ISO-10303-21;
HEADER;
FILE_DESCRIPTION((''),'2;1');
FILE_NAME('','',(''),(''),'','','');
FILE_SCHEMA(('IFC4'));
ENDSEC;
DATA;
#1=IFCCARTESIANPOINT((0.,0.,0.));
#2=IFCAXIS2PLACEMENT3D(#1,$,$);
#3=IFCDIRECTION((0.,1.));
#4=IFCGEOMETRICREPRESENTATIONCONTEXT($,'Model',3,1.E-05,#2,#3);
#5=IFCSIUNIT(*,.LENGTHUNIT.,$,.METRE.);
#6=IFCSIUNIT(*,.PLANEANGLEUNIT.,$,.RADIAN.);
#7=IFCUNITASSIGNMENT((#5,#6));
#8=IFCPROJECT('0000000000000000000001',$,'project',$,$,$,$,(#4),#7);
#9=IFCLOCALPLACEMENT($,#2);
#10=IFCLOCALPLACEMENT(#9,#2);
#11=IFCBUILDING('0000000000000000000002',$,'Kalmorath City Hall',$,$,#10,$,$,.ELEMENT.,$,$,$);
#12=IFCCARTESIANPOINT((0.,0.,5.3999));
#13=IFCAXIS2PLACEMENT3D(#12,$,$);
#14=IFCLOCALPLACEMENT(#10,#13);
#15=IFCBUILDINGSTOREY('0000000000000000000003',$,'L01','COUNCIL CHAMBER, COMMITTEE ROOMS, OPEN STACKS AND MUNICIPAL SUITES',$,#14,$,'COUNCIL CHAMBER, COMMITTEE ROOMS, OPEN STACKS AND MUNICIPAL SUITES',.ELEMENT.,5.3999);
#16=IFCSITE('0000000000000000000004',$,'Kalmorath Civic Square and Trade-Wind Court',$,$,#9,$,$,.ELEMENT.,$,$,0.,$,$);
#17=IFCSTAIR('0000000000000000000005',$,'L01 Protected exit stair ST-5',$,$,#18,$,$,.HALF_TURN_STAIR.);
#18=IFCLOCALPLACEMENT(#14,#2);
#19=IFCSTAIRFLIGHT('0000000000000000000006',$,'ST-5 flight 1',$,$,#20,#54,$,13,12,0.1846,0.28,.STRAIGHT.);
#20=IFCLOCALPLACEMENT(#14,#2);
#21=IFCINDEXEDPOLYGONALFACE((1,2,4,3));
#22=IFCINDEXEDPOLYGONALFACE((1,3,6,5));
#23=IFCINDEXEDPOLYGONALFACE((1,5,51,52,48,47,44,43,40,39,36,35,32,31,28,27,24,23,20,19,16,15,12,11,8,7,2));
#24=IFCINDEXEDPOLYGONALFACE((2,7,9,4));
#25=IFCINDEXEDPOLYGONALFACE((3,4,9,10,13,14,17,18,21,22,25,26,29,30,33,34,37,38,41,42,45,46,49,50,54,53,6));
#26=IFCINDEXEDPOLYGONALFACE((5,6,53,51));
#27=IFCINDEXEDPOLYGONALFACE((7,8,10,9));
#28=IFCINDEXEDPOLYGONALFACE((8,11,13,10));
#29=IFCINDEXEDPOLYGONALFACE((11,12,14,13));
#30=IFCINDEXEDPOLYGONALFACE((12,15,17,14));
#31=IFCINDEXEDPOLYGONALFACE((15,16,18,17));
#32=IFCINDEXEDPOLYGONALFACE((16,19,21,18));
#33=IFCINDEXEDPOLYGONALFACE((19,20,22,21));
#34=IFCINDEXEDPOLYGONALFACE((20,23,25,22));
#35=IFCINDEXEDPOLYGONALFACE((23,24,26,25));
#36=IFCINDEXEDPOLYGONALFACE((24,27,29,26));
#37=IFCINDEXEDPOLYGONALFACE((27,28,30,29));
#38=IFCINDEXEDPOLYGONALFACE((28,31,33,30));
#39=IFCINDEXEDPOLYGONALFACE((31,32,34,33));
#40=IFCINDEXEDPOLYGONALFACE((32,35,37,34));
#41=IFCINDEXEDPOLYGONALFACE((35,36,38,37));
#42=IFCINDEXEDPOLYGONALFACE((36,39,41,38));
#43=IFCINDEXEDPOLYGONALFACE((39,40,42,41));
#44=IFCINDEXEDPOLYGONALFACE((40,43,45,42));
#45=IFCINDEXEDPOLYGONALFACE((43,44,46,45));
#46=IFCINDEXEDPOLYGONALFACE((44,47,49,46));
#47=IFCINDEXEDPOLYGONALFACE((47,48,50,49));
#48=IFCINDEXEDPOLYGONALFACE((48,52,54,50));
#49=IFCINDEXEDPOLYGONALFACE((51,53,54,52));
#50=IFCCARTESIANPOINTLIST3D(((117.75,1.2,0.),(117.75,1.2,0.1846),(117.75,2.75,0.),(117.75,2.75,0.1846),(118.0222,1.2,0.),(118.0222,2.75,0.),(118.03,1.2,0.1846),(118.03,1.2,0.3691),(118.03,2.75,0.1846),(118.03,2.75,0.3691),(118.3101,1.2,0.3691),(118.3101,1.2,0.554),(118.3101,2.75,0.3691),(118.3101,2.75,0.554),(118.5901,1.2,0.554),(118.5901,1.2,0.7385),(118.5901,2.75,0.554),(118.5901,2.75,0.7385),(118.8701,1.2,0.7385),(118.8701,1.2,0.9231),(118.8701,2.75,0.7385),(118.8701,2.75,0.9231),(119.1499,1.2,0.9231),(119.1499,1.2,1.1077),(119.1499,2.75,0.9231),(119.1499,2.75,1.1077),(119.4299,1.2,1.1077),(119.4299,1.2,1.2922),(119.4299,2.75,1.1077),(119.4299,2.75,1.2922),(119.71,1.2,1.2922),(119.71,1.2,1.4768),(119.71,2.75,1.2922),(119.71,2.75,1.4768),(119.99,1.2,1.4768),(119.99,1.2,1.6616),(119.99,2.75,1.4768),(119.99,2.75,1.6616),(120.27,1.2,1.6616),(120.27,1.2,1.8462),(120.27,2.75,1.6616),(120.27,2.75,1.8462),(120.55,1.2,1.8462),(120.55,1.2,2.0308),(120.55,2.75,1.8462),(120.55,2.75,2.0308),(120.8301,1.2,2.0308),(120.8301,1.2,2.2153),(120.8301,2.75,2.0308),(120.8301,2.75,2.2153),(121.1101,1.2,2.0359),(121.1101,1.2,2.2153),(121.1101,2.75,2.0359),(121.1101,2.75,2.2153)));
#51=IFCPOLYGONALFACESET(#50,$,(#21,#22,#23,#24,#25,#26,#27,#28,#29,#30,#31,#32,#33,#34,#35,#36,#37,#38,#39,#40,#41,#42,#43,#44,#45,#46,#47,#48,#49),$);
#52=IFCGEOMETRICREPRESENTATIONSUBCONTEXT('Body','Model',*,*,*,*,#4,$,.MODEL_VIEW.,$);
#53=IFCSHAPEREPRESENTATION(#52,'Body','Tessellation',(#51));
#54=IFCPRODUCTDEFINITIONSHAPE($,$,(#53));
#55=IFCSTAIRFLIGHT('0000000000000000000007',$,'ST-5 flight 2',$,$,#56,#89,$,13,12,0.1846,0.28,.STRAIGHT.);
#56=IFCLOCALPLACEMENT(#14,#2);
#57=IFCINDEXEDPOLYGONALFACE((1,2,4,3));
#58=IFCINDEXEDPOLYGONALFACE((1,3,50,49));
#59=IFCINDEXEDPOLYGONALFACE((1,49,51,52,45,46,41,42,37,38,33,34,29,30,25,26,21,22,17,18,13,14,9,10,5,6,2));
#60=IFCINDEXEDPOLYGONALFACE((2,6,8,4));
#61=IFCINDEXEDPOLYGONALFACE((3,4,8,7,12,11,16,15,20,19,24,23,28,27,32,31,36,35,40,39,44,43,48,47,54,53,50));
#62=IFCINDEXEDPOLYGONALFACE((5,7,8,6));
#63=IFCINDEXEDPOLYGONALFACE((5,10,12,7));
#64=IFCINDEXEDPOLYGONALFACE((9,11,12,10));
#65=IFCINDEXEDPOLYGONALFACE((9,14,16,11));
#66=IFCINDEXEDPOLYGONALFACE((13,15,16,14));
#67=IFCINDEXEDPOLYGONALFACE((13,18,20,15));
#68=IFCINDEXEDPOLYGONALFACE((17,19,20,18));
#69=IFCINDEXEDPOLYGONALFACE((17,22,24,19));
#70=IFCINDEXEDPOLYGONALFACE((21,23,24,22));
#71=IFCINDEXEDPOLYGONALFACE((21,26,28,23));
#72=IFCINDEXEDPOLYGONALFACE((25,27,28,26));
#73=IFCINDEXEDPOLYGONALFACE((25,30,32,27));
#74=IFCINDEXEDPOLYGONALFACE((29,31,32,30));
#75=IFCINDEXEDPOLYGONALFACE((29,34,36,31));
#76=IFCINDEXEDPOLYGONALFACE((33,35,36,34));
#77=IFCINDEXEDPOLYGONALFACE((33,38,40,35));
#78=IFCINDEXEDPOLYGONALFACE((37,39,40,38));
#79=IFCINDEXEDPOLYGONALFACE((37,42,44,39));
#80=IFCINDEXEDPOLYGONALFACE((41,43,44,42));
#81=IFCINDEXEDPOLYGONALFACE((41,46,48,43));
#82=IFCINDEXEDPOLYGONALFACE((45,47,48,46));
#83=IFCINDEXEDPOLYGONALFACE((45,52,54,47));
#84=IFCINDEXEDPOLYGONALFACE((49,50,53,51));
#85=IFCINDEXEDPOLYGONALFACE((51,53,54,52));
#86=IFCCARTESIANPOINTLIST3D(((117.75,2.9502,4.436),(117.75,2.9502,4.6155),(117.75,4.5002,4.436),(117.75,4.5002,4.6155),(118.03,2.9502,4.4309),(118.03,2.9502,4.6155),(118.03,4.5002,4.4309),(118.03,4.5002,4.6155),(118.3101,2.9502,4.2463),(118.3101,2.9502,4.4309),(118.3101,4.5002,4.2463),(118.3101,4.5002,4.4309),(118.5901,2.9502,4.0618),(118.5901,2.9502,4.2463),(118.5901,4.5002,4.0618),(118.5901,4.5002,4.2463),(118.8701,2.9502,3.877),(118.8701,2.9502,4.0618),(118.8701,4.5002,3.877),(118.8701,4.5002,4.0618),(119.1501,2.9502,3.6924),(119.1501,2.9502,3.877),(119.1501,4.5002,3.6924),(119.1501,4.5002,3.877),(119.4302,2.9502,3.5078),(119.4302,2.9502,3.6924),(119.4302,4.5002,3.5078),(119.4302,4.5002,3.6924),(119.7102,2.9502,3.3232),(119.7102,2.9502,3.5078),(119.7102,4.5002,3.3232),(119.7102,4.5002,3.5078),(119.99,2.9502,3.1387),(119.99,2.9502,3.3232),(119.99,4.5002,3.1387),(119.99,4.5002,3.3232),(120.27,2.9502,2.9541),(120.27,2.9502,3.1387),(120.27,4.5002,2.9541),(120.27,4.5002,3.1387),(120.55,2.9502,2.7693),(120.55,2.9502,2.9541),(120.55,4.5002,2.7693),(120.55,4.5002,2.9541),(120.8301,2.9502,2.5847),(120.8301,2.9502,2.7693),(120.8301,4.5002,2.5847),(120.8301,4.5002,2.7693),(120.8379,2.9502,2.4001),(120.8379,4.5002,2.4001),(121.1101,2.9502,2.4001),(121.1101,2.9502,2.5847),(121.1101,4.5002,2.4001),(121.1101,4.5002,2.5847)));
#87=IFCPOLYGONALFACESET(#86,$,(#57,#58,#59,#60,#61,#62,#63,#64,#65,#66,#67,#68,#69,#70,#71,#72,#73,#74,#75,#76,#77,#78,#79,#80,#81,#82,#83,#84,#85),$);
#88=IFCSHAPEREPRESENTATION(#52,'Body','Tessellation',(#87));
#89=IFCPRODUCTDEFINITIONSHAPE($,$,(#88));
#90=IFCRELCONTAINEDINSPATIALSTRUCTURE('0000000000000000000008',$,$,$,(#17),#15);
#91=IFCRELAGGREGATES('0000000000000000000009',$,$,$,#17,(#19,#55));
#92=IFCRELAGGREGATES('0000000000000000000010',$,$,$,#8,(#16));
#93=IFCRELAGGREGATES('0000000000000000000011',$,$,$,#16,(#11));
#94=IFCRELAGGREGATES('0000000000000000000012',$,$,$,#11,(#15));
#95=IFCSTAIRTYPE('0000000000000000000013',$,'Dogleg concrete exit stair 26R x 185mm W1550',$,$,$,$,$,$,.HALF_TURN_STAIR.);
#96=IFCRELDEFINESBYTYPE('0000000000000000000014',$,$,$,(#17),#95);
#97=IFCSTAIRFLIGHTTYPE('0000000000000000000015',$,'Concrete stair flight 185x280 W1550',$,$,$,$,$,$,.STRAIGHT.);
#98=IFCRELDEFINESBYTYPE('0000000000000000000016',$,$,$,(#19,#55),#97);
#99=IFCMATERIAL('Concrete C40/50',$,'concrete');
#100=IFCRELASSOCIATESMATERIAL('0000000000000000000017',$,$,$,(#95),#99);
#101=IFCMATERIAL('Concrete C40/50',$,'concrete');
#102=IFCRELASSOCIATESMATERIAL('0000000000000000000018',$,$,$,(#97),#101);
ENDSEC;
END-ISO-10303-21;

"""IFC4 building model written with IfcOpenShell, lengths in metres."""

from ifc_helpers import new_model, si_unit, direction, frame, origin, place, context, subcontext, project, spatial, polyline, outline, extrude, material, type_object, element, aggregate, save


model = new_model("IFC4")

# Units and contexts
model_context = context("Model", 3, precision=1e-05, world=origin(), true_north=direction((0.0, 1.0)))
body_context = subcontext(model_context, "Body", "Model", "MODEL_VIEW")
ifc_project = project(units=[si_unit("LENGTHUNIT", "METRE"), si_unit("PLANEANGLEUNIT", "RADIAN")], contexts=[model_context])

# Site, building, storey
site_placement = place(None, origin())
site = spatial("IfcSite", under=ifc_project, at=site_placement, Name="Kalmorath Civic Square and Trade-Wind Court", CompositionType="ELEMENT", RefElevation=0.0)
building_placement = place(site_placement, origin())
building = spatial("IfcBuilding", under=site, at=building_placement, Name="Kalmorath City Hall", CompositionType="ELEMENT")
storey_placement = place(building_placement, frame((0.0, 0.0, 5.3999)))
storey = spatial("IfcBuildingStorey", under=building, at=storey_placement, Name="L01", Description="COUNCIL CHAMBER, COMMITTEE ROOMS, OPEN STACKS AND MUNICIPAL SUITES", LongName="COUNCIL CHAMBER, COMMITTEE ROOMS, OPEN STACKS AND MUNICIPAL SUITES", CompositionType="ELEMENT", Elevation=5.3999)

# Stair, stair flights
ifc_material_1 = material(Name="Concrete C40/50", Category="concrete")
stair_type = type_object("IfcStairType", Name="Dogleg concrete exit stair 26R x 185mm W1550", PredefinedType="HALF_TURN_STAIR", material=ifc_material_1)
stair_placement = place(storey_placement, origin())
stair = element("IfcStair", 1, at=stair_placement, inside=storey, type_object=stair_type, Name="L01 Protected exit stair ST-5", PredefinedType="HALF_TURN_STAIR")
ifc_material_2 = material(Name="Concrete C40/50", Category="concrete")
stair_flight_type = type_object("IfcStairFlightType", Name="Concrete stair flight 185x280 W1550", PredefinedType="STRAIGHT", material=ifc_material_2)
stair_flight_1_placement = place(storey_placement, frame((117.75, 1.9751, 0.0), z_axis=(0.0, 0.0, 1.0), x_axis=(1.0, 0.0, 0.0)))
stair_flight_1 = element("IfcStairFlight", 2, at=stair_flight_1_placement, type_object=stair_flight_type, Name="ST-5 flight 1", NumberOfRisers=13, NumberOfTreads=12, PredefinedType="STRAIGHT", RiserHeight=0.1846, TreadLength=0.28, context=body_context, shape_type="SweptSolid", body=[
    extrude(outline(polyline([(0.0, 0.0), (0.0, 0.1846), (0.28, 0.1846), (0.28, 0.3691), (0.5601, 0.3691), (0.5601, 0.554), (0.8401, 0.554), (0.8401, 0.7385), (1.1201, 0.7385), (1.1201, 0.9231), (1.3999, 0.9231), (1.3999, 1.1077), (1.6799, 1.1077), (1.6799, 1.2922), (1.96, 1.2922), (1.96, 1.4768), (2.24, 1.4768), (2.24, 1.6616), (2.52, 1.6616), (2.52, 1.8462), (2.8, 1.8462), (2.8, 2.0308), (3.0801, 2.0308), (3.0801, 2.2153), (3.3601, 2.2153), (3.3601, 2.3999), (3.3601, 2.0359), (0.2722, 0.0), (0.0, 0.0)])), frame((0.0, 0.7749, 0.0), z_axis=(0.0, -1.0, 0.0), x_axis=(1.0, 0.0, 0.0)), (0.0, 0.0, 1.0), 1.55),
])
stair_flight_2_placement = place(storey_placement, frame((121.1101, 3.7251, 2.4001), z_axis=(0.0, 0.0, 1.0), x_axis=(-1.0, 0.0, 0.0)))
stair_flight_2 = element("IfcStairFlight", 3, at=stair_flight_2_placement, type_object=stair_flight_type, Name="ST-5 flight 2", NumberOfRisers=13, NumberOfTreads=12, PredefinedType="STRAIGHT", RiserHeight=0.1846, TreadLength=0.28, context=body_context, shape_type="SweptSolid", body=[
    extrude(outline(polyline([(0.0, 0.0), (0.0, 0.1846), (0.28, 0.1846), (0.28, 0.3691), (0.5601, 0.3691), (0.5601, 0.554), (0.8401, 0.554), (0.8401, 0.7385), (1.1201, 0.7385), (1.1201, 0.9231), (1.3999, 0.9231), (1.3999, 1.1077), (1.6799, 1.1077), (1.6799, 1.2922), (1.96, 1.2922), (1.96, 1.4768), (2.24, 1.4768), (2.24, 1.6616), (2.52, 1.6616), (2.52, 1.8462), (2.8, 1.8462), (2.8, 2.0308), (3.0801, 2.0308), (3.0801, 2.2153), (3.3601, 2.2153), (3.3601, 2.3999), (3.3601, 2.0359), (0.2722, 0.0), (0.0, 0.0)])), frame((0.0, 0.7749, 0.0), z_axis=(0.0, -1.0, 0.0), x_axis=(1.0, 0.0, 0.0)), (0.0, 0.0, 1.0), 1.55),
])
aggregate(stair, [stair_flight_1, stair_flight_2])

save(model, "model.ifc")
